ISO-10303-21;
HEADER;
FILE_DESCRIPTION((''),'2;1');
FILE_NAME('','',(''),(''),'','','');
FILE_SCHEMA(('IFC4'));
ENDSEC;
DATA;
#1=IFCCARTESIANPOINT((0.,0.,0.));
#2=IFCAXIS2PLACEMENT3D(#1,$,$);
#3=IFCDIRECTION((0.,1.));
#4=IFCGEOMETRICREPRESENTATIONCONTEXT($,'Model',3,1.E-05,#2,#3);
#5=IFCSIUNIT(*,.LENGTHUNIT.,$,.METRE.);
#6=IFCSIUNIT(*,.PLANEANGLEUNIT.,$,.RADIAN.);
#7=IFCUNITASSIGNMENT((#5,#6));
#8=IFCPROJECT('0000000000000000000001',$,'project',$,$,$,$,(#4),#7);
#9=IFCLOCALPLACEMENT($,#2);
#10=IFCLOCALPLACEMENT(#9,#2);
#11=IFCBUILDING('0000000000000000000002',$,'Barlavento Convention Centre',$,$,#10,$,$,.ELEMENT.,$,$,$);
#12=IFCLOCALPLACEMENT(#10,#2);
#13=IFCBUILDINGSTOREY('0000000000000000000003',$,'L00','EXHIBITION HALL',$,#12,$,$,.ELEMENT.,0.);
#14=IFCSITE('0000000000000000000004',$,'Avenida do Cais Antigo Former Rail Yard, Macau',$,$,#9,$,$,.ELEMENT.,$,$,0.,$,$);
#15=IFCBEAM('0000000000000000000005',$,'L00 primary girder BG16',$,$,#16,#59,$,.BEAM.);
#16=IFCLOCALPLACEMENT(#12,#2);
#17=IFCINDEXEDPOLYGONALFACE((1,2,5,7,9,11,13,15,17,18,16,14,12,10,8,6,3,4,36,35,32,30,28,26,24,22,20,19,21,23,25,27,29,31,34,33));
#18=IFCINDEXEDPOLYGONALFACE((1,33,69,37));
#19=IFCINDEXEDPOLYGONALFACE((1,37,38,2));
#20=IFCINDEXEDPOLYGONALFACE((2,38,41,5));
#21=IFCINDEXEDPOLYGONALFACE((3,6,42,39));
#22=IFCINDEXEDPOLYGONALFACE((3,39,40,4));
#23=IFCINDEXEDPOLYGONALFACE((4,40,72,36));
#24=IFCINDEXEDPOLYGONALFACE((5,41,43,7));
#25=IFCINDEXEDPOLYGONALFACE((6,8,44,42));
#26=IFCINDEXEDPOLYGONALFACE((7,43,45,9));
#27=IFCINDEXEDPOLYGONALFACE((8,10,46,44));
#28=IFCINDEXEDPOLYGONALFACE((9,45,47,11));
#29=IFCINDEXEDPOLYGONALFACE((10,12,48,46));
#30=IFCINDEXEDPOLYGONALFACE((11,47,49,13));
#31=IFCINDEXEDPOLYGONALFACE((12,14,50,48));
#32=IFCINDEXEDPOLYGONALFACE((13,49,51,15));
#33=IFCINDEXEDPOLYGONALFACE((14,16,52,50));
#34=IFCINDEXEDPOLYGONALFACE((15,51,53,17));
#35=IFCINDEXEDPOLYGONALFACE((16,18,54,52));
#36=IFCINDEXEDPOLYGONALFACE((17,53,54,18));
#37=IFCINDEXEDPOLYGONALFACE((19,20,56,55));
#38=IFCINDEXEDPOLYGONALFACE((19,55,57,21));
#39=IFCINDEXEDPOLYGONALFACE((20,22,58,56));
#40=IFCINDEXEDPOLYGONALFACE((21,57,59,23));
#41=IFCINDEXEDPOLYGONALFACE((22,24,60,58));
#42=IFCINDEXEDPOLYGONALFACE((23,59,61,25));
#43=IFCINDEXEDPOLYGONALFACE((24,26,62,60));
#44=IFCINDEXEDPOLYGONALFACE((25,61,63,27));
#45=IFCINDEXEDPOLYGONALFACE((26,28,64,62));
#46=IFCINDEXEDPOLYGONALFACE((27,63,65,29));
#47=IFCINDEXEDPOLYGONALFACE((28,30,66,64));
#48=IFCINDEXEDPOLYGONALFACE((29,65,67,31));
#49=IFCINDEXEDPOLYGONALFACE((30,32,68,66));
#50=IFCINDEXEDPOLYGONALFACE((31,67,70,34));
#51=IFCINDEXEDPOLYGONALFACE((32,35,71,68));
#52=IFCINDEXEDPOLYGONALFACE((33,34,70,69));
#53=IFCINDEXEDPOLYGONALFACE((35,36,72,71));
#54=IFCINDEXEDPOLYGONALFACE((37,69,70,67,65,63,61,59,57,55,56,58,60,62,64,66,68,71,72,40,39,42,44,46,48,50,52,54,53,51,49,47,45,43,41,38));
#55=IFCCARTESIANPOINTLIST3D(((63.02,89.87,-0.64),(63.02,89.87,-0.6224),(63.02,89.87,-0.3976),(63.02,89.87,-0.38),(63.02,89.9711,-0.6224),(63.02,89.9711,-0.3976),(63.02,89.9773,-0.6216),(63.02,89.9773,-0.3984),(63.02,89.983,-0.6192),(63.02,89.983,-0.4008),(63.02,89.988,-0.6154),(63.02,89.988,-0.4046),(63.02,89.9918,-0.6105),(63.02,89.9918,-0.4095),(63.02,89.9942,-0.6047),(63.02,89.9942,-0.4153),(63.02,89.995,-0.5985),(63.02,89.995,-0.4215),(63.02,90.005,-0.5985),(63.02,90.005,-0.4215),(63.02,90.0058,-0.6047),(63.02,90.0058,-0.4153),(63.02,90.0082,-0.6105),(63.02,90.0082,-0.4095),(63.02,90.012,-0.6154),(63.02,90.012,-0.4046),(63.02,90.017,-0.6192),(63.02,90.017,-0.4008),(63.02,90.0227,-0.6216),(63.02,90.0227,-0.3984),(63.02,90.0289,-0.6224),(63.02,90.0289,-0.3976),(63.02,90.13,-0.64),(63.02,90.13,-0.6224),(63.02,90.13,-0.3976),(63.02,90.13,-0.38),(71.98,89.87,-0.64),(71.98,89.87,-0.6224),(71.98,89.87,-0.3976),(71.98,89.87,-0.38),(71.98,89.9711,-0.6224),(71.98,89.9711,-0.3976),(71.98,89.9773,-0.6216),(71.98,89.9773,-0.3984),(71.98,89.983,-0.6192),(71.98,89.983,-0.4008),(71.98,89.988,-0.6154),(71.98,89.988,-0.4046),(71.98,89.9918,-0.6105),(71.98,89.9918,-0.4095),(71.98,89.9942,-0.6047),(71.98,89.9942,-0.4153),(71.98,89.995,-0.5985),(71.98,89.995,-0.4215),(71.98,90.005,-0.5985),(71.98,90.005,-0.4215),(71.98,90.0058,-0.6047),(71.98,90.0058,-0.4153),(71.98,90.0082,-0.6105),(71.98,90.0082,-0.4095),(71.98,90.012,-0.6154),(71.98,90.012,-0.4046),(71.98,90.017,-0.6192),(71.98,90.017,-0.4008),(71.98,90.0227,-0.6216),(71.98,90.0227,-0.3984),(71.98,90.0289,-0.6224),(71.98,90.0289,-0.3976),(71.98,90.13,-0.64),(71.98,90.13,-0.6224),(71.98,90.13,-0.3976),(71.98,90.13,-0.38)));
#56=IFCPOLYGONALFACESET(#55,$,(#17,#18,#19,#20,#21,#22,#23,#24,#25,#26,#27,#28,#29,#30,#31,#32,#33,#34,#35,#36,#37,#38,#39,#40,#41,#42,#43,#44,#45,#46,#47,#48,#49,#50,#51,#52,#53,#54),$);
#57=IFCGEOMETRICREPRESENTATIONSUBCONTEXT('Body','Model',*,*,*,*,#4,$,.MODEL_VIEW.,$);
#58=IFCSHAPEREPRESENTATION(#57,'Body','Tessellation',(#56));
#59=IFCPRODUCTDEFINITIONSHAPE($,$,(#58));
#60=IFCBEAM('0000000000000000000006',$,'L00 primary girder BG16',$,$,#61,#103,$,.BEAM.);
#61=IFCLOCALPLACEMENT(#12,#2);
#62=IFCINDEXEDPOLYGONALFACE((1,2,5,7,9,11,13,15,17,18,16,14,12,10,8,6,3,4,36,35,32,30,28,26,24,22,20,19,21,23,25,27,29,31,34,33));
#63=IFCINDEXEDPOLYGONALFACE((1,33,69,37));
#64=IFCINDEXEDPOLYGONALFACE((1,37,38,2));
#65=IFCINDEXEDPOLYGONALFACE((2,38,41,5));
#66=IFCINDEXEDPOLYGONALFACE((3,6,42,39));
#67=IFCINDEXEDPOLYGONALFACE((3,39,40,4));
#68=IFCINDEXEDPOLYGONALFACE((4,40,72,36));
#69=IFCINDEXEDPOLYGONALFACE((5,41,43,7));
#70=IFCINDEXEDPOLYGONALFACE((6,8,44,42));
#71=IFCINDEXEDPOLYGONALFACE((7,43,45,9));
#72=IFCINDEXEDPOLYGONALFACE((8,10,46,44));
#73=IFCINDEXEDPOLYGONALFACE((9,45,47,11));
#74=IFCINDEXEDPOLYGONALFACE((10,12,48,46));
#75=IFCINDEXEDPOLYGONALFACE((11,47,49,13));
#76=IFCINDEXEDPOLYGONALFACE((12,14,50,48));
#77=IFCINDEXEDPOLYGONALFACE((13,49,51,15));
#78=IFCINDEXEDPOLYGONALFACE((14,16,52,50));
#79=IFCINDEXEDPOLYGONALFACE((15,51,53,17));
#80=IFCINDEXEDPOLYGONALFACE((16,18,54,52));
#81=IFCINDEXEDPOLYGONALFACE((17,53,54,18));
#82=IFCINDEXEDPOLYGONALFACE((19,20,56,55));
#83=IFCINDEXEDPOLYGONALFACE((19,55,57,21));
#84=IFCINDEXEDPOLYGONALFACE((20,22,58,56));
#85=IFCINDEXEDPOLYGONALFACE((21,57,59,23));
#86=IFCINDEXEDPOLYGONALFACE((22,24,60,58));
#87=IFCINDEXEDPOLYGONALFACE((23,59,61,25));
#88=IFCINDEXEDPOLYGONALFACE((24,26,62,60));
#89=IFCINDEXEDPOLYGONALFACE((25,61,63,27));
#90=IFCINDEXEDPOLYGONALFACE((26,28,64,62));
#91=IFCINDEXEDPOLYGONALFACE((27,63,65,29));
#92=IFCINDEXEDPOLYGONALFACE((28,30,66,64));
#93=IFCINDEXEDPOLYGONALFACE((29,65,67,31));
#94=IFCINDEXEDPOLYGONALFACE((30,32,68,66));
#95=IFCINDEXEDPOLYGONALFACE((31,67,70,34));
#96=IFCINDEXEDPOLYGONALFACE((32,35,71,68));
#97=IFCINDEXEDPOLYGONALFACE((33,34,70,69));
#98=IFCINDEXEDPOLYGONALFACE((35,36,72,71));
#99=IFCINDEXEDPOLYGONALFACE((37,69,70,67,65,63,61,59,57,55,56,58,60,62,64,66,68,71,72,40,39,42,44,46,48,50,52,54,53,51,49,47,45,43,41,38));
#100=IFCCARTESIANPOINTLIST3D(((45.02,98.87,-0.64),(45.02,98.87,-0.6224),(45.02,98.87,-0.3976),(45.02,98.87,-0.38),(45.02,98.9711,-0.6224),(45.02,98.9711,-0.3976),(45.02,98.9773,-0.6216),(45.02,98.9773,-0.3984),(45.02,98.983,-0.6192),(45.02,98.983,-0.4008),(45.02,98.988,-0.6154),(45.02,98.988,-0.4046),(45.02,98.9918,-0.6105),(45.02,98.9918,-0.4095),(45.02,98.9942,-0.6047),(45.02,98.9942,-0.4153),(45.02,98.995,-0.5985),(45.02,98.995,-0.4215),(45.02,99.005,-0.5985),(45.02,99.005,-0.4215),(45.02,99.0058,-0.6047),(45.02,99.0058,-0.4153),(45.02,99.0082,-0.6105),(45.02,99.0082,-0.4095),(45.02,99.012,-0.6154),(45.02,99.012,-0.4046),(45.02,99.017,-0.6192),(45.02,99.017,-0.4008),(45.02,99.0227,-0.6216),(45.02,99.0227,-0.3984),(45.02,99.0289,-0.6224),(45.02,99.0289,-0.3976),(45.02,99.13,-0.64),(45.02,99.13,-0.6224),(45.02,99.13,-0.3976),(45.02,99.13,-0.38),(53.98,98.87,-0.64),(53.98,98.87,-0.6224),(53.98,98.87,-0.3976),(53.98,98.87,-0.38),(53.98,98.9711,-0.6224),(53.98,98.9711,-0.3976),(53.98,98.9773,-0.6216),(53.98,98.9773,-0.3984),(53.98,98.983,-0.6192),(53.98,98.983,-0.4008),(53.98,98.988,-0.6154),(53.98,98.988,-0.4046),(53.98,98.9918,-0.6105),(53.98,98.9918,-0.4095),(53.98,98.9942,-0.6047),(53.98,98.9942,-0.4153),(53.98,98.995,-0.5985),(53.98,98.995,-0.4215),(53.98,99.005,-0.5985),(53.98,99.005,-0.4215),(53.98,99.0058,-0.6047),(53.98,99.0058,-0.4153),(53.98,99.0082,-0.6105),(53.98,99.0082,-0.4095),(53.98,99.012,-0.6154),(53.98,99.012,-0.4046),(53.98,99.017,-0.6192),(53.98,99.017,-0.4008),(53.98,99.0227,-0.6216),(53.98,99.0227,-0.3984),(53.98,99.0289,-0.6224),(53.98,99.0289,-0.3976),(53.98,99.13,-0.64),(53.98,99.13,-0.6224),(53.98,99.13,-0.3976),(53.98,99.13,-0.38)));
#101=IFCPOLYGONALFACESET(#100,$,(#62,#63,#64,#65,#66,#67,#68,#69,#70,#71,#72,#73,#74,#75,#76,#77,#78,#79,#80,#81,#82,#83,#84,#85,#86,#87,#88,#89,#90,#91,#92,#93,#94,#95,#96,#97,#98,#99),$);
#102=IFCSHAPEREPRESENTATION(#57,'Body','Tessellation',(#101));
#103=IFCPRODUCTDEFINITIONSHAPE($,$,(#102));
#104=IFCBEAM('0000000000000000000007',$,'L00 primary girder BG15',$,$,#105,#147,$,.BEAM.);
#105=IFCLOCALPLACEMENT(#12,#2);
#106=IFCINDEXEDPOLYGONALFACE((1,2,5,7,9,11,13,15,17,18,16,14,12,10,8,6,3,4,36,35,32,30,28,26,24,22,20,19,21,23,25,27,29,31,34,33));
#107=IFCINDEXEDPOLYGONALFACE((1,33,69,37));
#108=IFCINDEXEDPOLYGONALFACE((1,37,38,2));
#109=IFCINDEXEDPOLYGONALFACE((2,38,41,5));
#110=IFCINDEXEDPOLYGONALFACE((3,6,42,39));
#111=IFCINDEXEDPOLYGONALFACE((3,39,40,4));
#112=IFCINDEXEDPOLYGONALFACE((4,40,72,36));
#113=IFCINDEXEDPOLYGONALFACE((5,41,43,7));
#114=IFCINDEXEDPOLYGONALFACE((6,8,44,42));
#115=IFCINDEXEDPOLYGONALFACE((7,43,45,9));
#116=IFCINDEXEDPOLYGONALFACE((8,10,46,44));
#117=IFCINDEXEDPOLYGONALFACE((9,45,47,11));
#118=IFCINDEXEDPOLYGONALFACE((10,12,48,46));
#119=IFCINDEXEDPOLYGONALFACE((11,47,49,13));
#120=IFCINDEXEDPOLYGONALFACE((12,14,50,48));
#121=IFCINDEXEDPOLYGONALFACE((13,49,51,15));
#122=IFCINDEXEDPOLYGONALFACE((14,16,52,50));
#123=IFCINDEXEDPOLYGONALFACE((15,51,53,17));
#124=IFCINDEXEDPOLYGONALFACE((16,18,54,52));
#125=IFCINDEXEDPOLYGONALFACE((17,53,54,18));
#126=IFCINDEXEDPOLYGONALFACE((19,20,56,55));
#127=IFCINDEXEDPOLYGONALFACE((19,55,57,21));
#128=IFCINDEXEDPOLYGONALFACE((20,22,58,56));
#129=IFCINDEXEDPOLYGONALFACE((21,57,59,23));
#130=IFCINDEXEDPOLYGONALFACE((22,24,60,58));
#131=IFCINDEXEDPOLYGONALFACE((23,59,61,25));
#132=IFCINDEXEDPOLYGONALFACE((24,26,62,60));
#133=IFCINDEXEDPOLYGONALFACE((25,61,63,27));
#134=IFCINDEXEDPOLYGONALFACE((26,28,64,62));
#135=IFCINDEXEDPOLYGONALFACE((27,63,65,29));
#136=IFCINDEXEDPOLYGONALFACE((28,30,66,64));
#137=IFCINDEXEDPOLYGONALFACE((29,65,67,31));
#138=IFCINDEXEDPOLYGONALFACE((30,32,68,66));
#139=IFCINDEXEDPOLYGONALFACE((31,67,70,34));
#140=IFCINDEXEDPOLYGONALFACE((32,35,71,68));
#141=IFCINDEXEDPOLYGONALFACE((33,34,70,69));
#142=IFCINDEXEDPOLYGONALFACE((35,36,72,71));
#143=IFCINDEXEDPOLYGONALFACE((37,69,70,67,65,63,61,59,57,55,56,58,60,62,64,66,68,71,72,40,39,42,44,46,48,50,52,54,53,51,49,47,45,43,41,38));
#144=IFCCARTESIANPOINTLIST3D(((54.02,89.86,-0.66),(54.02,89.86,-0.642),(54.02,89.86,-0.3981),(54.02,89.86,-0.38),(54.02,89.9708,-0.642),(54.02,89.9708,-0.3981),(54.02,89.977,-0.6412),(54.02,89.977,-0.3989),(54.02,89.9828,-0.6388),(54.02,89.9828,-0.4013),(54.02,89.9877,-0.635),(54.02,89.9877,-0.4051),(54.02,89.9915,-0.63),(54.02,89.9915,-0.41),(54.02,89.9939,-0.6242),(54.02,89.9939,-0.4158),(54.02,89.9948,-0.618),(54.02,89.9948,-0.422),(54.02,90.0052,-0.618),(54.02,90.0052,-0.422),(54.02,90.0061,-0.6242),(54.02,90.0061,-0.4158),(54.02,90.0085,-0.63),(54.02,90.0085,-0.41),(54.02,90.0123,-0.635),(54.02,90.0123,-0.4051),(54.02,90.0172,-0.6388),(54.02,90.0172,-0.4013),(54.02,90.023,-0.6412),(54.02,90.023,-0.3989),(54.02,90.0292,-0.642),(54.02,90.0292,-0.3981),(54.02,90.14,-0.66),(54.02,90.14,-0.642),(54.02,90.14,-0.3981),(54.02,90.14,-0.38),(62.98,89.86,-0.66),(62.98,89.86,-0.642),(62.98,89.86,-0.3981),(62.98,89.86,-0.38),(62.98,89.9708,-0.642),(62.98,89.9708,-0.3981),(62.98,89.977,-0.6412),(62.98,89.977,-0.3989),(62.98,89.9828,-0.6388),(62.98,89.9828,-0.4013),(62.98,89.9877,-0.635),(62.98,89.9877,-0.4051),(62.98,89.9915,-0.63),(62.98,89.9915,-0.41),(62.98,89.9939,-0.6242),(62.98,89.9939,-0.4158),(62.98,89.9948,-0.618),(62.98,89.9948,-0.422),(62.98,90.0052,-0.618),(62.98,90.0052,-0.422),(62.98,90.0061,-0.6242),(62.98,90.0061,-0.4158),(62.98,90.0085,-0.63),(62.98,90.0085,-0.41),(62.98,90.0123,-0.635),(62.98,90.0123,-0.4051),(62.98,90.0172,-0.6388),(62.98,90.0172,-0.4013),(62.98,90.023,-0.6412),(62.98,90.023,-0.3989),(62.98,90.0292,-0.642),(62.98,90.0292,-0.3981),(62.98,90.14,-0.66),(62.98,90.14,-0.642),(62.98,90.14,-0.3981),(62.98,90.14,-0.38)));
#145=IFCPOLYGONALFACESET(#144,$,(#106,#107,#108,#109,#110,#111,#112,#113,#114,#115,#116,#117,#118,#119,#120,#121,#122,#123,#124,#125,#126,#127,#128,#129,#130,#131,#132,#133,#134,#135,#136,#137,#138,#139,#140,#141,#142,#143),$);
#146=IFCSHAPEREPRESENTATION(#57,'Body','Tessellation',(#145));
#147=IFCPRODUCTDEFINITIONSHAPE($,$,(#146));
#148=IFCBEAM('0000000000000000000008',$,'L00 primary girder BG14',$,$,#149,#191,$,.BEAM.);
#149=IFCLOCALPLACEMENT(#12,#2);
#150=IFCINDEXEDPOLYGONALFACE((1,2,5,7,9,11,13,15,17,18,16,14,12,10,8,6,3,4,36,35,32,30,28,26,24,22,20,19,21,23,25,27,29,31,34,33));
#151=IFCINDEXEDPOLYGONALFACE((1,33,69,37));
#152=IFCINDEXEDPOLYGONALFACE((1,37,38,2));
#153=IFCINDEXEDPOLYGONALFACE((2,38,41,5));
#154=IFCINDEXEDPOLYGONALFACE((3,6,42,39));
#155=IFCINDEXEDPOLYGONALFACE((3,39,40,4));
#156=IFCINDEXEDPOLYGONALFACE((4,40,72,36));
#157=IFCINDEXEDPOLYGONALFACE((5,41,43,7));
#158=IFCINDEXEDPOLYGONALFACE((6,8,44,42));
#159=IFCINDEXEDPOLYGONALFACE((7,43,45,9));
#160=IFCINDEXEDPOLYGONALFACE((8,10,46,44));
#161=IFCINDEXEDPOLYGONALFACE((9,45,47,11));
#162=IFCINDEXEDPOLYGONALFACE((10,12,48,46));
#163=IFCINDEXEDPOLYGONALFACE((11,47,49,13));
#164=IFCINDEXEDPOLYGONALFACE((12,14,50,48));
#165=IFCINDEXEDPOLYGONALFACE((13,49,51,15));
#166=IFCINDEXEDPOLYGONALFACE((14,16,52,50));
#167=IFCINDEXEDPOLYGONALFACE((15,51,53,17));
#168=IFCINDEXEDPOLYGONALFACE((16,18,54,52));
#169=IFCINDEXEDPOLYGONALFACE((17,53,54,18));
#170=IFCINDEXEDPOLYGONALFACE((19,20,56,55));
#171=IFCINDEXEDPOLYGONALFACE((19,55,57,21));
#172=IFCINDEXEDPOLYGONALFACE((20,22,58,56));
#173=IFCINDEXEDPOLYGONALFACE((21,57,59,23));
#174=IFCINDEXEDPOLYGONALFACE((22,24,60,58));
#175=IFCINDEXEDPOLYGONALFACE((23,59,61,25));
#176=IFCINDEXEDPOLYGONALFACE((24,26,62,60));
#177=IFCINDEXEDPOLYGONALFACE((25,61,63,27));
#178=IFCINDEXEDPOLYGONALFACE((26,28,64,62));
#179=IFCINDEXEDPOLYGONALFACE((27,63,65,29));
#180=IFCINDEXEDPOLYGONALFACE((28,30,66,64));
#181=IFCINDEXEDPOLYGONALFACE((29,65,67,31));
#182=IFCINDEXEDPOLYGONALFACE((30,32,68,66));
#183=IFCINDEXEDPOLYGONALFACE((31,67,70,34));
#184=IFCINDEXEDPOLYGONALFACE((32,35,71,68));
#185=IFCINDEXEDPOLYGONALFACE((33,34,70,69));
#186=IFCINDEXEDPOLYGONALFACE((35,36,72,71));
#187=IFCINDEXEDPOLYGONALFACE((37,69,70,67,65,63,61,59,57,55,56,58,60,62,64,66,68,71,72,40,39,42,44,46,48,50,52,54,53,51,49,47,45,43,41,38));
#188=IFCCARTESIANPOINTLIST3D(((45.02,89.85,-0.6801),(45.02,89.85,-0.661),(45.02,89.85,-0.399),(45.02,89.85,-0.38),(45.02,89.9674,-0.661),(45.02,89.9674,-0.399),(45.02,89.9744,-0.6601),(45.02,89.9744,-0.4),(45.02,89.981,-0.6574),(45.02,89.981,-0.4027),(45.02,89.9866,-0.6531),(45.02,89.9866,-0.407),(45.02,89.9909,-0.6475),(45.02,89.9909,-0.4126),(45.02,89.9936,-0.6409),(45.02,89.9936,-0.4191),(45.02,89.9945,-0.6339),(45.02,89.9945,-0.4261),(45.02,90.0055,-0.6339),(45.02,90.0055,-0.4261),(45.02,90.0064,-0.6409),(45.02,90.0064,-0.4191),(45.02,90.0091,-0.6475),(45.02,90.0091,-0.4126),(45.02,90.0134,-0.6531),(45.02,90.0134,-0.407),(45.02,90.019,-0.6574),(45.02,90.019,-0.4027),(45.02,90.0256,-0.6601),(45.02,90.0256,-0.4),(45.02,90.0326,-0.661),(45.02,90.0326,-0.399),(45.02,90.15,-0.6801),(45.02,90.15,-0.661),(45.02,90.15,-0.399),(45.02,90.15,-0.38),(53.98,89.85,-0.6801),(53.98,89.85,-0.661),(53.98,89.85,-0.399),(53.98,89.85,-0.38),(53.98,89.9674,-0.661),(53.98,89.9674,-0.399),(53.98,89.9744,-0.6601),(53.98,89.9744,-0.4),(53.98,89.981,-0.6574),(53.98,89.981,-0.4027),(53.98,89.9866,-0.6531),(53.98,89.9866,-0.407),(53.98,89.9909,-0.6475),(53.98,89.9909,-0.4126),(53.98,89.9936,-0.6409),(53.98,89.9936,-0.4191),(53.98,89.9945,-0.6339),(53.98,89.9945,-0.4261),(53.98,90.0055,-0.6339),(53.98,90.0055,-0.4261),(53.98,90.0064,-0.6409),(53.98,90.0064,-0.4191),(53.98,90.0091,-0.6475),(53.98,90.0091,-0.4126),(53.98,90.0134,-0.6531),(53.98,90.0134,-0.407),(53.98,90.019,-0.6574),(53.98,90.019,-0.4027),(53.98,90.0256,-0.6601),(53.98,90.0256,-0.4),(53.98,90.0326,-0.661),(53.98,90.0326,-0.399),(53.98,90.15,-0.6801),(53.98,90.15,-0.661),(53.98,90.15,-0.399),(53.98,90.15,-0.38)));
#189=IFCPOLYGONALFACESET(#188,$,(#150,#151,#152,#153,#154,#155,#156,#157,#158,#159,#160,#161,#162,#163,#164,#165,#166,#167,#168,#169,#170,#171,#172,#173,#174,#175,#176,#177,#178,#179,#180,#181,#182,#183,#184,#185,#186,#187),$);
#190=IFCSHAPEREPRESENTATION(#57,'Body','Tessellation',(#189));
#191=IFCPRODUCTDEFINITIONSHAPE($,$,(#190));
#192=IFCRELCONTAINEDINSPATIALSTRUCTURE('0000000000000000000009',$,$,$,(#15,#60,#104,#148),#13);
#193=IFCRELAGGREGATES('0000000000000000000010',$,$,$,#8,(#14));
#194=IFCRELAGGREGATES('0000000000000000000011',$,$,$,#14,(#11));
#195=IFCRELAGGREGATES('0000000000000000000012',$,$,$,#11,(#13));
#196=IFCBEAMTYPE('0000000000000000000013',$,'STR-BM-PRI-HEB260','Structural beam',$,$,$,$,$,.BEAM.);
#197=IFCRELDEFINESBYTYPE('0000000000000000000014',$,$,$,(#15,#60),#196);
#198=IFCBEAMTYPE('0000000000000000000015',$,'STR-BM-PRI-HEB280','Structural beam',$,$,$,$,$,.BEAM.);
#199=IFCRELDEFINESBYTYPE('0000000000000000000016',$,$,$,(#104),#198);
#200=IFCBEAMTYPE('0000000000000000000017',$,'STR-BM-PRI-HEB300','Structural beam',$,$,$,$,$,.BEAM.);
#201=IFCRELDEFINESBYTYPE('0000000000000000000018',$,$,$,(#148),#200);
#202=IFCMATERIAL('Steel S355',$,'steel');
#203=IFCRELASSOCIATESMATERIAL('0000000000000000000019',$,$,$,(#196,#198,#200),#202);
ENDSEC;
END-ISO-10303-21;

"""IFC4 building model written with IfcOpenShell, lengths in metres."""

from ifc_helpers import new_model, si_unit, direction, frame, origin, origin_2d, place, context, subcontext, project, spatial, i_section, extrude, material, material_profile, profile_set, type_object, element, save


model = new_model("IFC4")

# Units and contexts
model_context = context("Model", 3, precision=1e-05, world=origin(), true_north=direction((0.0, 1.0)))
body_context = subcontext(model_context, "Body", "Model", "MODEL_VIEW")
ifc_project = project(units=[si_unit("LENGTHUNIT", "METRE"), si_unit("PLANEANGLEUNIT", "RADIAN")], contexts=[model_context])

# Site, building, storey
site_placement = place(None, origin())
site = spatial("IfcSite", under=ifc_project, at=site_placement, Name="Avenida do Cais Antigo Former Rail Yard, Macau", CompositionType="ELEMENT", RefElevation=0.0)
building_placement = place(site_placement, origin())
building = spatial("IfcBuilding", under=site, at=building_placement, Name="Barlavento Convention Centre", CompositionType="ELEMENT")
storey_placement = place(building_placement, origin())
storey = spatial("IfcBuildingStorey", under=building, at=storey_placement, Name="L00", Description="EXHIBITION HALL", CompositionType="ELEMENT", Elevation=0.0)

# Beams
ifc_material_1 = material(Name="Steel S355", Category="steel")
ifc_material_profile_1 = material_profile(ifc_material_1, i_section(OverallWidth=0.26, OverallDepth=0.26, WebThickness=0.01, FlangeThickness=0.0176, FilletRadius=0.0239, at=origin_2d()), Name="HEB 260")
ifc_profile_set_1 = profile_set([ifc_material_profile_1], Name="Steel S355")
beam_type_1 = type_object("IfcBeamType", Name="STR-BM-PRI-HEB260", Description="Structural beam", PredefinedType="BEAM", material=ifc_profile_set_1)
for number, where, z_axis, x_axis, name in (
    (1, (63.02, 90.0, -0.51), (1.0, 0.0, 0.0), (0.0, 1.0, 0.0), "L00 primary girder BG16"),
    (2, (45.02, 99.0, -0.51), (1.0, 0.0, 0.0), (0.0, 1.0, 0.0), "L00 primary girder BG16"),
):
    element("IfcBeam", number, at=place(storey_placement, frame(where, z_axis=z_axis, x_axis=x_axis)), inside=storey, type_object=beam_type_1, Name=name, PredefinedType="BEAM", context=body_context, shape_type="SweptSolid", body=[
        extrude(i_section(OverallWidth=0.26, OverallDepth=0.26, WebThickness=0.01, FlangeThickness=0.0176, FilletRadius=0.0239, at=origin_2d()), origin(), (0.0, 0.0, 1.0), 8.96),
    ])
ifc_material_profile_2 = material_profile(ifc_material_1, i_section(OverallWidth=0.28, OverallDepth=0.28, WebThickness=0.0105, FlangeThickness=0.0181, FilletRadius=0.0239, at=origin_2d()), Name="HEB 280")
ifc_profile_set_2 = profile_set([ifc_material_profile_2], Name="Steel S355")
beam_type_2 = type_object("IfcBeamType", Name="STR-BM-PRI-HEB280", Description="Structural beam", PredefinedType="BEAM", material=ifc_profile_set_2)
beam_1_placement = place(storey_placement, frame((54.02, 90.0, -0.52), z_axis=(1.0, 0.0, 0.0), x_axis=(0.0, 1.0, 0.0)))
element("IfcBeam", 3, at=beam_1_placement, inside=storey, type_object=beam_type_2, Name="L00 primary girder BG15", PredefinedType="BEAM", context=body_context, shape_type="SweptSolid", body=[
    extrude(i_section(OverallWidth=0.28, OverallDepth=0.28, WebThickness=0.0105, FlangeThickness=0.0181, FilletRadius=0.0239, at=origin_2d()), origin(), (0.0, 0.0, 1.0), 8.96),
])
ifc_material_profile_3 = material_profile(ifc_material_1, i_section(OverallWidth=0.3, OverallDepth=0.3, WebThickness=0.011, FlangeThickness=0.019, FilletRadius=0.0271, at=origin_2d()), Name="HEB 300")
ifc_profile_set_3 = profile_set([ifc_material_profile_3], Name="Steel S355")
beam_type_3 = type_object("IfcBeamType", Name="STR-BM-PRI-HEB300", Description="Structural beam", PredefinedType="BEAM", material=ifc_profile_set_3)
for number, where, z_axis, x_axis, name in (
    (4, (45.02, 90.0, -0.53), (1.0, 0.0, 0.0), (0.0, 1.0, 0.0), "L00 primary girder BG14"),
):
    element("IfcBeam", number, at=place(storey_placement, frame(where, z_axis=z_axis, x_axis=x_axis)), inside=storey, type_object=beam_type_3, Name=name, PredefinedType="BEAM", context=body_context, shape_type="SweptSolid", body=[
        extrude(i_section(OverallWidth=0.3, OverallDepth=0.3, WebThickness=0.011, FlangeThickness=0.019, FilletRadius=0.0271, at=origin_2d()), origin(), (0.0, 0.0, 1.0), 8.96),
    ])

save(model, "model.ifc")
